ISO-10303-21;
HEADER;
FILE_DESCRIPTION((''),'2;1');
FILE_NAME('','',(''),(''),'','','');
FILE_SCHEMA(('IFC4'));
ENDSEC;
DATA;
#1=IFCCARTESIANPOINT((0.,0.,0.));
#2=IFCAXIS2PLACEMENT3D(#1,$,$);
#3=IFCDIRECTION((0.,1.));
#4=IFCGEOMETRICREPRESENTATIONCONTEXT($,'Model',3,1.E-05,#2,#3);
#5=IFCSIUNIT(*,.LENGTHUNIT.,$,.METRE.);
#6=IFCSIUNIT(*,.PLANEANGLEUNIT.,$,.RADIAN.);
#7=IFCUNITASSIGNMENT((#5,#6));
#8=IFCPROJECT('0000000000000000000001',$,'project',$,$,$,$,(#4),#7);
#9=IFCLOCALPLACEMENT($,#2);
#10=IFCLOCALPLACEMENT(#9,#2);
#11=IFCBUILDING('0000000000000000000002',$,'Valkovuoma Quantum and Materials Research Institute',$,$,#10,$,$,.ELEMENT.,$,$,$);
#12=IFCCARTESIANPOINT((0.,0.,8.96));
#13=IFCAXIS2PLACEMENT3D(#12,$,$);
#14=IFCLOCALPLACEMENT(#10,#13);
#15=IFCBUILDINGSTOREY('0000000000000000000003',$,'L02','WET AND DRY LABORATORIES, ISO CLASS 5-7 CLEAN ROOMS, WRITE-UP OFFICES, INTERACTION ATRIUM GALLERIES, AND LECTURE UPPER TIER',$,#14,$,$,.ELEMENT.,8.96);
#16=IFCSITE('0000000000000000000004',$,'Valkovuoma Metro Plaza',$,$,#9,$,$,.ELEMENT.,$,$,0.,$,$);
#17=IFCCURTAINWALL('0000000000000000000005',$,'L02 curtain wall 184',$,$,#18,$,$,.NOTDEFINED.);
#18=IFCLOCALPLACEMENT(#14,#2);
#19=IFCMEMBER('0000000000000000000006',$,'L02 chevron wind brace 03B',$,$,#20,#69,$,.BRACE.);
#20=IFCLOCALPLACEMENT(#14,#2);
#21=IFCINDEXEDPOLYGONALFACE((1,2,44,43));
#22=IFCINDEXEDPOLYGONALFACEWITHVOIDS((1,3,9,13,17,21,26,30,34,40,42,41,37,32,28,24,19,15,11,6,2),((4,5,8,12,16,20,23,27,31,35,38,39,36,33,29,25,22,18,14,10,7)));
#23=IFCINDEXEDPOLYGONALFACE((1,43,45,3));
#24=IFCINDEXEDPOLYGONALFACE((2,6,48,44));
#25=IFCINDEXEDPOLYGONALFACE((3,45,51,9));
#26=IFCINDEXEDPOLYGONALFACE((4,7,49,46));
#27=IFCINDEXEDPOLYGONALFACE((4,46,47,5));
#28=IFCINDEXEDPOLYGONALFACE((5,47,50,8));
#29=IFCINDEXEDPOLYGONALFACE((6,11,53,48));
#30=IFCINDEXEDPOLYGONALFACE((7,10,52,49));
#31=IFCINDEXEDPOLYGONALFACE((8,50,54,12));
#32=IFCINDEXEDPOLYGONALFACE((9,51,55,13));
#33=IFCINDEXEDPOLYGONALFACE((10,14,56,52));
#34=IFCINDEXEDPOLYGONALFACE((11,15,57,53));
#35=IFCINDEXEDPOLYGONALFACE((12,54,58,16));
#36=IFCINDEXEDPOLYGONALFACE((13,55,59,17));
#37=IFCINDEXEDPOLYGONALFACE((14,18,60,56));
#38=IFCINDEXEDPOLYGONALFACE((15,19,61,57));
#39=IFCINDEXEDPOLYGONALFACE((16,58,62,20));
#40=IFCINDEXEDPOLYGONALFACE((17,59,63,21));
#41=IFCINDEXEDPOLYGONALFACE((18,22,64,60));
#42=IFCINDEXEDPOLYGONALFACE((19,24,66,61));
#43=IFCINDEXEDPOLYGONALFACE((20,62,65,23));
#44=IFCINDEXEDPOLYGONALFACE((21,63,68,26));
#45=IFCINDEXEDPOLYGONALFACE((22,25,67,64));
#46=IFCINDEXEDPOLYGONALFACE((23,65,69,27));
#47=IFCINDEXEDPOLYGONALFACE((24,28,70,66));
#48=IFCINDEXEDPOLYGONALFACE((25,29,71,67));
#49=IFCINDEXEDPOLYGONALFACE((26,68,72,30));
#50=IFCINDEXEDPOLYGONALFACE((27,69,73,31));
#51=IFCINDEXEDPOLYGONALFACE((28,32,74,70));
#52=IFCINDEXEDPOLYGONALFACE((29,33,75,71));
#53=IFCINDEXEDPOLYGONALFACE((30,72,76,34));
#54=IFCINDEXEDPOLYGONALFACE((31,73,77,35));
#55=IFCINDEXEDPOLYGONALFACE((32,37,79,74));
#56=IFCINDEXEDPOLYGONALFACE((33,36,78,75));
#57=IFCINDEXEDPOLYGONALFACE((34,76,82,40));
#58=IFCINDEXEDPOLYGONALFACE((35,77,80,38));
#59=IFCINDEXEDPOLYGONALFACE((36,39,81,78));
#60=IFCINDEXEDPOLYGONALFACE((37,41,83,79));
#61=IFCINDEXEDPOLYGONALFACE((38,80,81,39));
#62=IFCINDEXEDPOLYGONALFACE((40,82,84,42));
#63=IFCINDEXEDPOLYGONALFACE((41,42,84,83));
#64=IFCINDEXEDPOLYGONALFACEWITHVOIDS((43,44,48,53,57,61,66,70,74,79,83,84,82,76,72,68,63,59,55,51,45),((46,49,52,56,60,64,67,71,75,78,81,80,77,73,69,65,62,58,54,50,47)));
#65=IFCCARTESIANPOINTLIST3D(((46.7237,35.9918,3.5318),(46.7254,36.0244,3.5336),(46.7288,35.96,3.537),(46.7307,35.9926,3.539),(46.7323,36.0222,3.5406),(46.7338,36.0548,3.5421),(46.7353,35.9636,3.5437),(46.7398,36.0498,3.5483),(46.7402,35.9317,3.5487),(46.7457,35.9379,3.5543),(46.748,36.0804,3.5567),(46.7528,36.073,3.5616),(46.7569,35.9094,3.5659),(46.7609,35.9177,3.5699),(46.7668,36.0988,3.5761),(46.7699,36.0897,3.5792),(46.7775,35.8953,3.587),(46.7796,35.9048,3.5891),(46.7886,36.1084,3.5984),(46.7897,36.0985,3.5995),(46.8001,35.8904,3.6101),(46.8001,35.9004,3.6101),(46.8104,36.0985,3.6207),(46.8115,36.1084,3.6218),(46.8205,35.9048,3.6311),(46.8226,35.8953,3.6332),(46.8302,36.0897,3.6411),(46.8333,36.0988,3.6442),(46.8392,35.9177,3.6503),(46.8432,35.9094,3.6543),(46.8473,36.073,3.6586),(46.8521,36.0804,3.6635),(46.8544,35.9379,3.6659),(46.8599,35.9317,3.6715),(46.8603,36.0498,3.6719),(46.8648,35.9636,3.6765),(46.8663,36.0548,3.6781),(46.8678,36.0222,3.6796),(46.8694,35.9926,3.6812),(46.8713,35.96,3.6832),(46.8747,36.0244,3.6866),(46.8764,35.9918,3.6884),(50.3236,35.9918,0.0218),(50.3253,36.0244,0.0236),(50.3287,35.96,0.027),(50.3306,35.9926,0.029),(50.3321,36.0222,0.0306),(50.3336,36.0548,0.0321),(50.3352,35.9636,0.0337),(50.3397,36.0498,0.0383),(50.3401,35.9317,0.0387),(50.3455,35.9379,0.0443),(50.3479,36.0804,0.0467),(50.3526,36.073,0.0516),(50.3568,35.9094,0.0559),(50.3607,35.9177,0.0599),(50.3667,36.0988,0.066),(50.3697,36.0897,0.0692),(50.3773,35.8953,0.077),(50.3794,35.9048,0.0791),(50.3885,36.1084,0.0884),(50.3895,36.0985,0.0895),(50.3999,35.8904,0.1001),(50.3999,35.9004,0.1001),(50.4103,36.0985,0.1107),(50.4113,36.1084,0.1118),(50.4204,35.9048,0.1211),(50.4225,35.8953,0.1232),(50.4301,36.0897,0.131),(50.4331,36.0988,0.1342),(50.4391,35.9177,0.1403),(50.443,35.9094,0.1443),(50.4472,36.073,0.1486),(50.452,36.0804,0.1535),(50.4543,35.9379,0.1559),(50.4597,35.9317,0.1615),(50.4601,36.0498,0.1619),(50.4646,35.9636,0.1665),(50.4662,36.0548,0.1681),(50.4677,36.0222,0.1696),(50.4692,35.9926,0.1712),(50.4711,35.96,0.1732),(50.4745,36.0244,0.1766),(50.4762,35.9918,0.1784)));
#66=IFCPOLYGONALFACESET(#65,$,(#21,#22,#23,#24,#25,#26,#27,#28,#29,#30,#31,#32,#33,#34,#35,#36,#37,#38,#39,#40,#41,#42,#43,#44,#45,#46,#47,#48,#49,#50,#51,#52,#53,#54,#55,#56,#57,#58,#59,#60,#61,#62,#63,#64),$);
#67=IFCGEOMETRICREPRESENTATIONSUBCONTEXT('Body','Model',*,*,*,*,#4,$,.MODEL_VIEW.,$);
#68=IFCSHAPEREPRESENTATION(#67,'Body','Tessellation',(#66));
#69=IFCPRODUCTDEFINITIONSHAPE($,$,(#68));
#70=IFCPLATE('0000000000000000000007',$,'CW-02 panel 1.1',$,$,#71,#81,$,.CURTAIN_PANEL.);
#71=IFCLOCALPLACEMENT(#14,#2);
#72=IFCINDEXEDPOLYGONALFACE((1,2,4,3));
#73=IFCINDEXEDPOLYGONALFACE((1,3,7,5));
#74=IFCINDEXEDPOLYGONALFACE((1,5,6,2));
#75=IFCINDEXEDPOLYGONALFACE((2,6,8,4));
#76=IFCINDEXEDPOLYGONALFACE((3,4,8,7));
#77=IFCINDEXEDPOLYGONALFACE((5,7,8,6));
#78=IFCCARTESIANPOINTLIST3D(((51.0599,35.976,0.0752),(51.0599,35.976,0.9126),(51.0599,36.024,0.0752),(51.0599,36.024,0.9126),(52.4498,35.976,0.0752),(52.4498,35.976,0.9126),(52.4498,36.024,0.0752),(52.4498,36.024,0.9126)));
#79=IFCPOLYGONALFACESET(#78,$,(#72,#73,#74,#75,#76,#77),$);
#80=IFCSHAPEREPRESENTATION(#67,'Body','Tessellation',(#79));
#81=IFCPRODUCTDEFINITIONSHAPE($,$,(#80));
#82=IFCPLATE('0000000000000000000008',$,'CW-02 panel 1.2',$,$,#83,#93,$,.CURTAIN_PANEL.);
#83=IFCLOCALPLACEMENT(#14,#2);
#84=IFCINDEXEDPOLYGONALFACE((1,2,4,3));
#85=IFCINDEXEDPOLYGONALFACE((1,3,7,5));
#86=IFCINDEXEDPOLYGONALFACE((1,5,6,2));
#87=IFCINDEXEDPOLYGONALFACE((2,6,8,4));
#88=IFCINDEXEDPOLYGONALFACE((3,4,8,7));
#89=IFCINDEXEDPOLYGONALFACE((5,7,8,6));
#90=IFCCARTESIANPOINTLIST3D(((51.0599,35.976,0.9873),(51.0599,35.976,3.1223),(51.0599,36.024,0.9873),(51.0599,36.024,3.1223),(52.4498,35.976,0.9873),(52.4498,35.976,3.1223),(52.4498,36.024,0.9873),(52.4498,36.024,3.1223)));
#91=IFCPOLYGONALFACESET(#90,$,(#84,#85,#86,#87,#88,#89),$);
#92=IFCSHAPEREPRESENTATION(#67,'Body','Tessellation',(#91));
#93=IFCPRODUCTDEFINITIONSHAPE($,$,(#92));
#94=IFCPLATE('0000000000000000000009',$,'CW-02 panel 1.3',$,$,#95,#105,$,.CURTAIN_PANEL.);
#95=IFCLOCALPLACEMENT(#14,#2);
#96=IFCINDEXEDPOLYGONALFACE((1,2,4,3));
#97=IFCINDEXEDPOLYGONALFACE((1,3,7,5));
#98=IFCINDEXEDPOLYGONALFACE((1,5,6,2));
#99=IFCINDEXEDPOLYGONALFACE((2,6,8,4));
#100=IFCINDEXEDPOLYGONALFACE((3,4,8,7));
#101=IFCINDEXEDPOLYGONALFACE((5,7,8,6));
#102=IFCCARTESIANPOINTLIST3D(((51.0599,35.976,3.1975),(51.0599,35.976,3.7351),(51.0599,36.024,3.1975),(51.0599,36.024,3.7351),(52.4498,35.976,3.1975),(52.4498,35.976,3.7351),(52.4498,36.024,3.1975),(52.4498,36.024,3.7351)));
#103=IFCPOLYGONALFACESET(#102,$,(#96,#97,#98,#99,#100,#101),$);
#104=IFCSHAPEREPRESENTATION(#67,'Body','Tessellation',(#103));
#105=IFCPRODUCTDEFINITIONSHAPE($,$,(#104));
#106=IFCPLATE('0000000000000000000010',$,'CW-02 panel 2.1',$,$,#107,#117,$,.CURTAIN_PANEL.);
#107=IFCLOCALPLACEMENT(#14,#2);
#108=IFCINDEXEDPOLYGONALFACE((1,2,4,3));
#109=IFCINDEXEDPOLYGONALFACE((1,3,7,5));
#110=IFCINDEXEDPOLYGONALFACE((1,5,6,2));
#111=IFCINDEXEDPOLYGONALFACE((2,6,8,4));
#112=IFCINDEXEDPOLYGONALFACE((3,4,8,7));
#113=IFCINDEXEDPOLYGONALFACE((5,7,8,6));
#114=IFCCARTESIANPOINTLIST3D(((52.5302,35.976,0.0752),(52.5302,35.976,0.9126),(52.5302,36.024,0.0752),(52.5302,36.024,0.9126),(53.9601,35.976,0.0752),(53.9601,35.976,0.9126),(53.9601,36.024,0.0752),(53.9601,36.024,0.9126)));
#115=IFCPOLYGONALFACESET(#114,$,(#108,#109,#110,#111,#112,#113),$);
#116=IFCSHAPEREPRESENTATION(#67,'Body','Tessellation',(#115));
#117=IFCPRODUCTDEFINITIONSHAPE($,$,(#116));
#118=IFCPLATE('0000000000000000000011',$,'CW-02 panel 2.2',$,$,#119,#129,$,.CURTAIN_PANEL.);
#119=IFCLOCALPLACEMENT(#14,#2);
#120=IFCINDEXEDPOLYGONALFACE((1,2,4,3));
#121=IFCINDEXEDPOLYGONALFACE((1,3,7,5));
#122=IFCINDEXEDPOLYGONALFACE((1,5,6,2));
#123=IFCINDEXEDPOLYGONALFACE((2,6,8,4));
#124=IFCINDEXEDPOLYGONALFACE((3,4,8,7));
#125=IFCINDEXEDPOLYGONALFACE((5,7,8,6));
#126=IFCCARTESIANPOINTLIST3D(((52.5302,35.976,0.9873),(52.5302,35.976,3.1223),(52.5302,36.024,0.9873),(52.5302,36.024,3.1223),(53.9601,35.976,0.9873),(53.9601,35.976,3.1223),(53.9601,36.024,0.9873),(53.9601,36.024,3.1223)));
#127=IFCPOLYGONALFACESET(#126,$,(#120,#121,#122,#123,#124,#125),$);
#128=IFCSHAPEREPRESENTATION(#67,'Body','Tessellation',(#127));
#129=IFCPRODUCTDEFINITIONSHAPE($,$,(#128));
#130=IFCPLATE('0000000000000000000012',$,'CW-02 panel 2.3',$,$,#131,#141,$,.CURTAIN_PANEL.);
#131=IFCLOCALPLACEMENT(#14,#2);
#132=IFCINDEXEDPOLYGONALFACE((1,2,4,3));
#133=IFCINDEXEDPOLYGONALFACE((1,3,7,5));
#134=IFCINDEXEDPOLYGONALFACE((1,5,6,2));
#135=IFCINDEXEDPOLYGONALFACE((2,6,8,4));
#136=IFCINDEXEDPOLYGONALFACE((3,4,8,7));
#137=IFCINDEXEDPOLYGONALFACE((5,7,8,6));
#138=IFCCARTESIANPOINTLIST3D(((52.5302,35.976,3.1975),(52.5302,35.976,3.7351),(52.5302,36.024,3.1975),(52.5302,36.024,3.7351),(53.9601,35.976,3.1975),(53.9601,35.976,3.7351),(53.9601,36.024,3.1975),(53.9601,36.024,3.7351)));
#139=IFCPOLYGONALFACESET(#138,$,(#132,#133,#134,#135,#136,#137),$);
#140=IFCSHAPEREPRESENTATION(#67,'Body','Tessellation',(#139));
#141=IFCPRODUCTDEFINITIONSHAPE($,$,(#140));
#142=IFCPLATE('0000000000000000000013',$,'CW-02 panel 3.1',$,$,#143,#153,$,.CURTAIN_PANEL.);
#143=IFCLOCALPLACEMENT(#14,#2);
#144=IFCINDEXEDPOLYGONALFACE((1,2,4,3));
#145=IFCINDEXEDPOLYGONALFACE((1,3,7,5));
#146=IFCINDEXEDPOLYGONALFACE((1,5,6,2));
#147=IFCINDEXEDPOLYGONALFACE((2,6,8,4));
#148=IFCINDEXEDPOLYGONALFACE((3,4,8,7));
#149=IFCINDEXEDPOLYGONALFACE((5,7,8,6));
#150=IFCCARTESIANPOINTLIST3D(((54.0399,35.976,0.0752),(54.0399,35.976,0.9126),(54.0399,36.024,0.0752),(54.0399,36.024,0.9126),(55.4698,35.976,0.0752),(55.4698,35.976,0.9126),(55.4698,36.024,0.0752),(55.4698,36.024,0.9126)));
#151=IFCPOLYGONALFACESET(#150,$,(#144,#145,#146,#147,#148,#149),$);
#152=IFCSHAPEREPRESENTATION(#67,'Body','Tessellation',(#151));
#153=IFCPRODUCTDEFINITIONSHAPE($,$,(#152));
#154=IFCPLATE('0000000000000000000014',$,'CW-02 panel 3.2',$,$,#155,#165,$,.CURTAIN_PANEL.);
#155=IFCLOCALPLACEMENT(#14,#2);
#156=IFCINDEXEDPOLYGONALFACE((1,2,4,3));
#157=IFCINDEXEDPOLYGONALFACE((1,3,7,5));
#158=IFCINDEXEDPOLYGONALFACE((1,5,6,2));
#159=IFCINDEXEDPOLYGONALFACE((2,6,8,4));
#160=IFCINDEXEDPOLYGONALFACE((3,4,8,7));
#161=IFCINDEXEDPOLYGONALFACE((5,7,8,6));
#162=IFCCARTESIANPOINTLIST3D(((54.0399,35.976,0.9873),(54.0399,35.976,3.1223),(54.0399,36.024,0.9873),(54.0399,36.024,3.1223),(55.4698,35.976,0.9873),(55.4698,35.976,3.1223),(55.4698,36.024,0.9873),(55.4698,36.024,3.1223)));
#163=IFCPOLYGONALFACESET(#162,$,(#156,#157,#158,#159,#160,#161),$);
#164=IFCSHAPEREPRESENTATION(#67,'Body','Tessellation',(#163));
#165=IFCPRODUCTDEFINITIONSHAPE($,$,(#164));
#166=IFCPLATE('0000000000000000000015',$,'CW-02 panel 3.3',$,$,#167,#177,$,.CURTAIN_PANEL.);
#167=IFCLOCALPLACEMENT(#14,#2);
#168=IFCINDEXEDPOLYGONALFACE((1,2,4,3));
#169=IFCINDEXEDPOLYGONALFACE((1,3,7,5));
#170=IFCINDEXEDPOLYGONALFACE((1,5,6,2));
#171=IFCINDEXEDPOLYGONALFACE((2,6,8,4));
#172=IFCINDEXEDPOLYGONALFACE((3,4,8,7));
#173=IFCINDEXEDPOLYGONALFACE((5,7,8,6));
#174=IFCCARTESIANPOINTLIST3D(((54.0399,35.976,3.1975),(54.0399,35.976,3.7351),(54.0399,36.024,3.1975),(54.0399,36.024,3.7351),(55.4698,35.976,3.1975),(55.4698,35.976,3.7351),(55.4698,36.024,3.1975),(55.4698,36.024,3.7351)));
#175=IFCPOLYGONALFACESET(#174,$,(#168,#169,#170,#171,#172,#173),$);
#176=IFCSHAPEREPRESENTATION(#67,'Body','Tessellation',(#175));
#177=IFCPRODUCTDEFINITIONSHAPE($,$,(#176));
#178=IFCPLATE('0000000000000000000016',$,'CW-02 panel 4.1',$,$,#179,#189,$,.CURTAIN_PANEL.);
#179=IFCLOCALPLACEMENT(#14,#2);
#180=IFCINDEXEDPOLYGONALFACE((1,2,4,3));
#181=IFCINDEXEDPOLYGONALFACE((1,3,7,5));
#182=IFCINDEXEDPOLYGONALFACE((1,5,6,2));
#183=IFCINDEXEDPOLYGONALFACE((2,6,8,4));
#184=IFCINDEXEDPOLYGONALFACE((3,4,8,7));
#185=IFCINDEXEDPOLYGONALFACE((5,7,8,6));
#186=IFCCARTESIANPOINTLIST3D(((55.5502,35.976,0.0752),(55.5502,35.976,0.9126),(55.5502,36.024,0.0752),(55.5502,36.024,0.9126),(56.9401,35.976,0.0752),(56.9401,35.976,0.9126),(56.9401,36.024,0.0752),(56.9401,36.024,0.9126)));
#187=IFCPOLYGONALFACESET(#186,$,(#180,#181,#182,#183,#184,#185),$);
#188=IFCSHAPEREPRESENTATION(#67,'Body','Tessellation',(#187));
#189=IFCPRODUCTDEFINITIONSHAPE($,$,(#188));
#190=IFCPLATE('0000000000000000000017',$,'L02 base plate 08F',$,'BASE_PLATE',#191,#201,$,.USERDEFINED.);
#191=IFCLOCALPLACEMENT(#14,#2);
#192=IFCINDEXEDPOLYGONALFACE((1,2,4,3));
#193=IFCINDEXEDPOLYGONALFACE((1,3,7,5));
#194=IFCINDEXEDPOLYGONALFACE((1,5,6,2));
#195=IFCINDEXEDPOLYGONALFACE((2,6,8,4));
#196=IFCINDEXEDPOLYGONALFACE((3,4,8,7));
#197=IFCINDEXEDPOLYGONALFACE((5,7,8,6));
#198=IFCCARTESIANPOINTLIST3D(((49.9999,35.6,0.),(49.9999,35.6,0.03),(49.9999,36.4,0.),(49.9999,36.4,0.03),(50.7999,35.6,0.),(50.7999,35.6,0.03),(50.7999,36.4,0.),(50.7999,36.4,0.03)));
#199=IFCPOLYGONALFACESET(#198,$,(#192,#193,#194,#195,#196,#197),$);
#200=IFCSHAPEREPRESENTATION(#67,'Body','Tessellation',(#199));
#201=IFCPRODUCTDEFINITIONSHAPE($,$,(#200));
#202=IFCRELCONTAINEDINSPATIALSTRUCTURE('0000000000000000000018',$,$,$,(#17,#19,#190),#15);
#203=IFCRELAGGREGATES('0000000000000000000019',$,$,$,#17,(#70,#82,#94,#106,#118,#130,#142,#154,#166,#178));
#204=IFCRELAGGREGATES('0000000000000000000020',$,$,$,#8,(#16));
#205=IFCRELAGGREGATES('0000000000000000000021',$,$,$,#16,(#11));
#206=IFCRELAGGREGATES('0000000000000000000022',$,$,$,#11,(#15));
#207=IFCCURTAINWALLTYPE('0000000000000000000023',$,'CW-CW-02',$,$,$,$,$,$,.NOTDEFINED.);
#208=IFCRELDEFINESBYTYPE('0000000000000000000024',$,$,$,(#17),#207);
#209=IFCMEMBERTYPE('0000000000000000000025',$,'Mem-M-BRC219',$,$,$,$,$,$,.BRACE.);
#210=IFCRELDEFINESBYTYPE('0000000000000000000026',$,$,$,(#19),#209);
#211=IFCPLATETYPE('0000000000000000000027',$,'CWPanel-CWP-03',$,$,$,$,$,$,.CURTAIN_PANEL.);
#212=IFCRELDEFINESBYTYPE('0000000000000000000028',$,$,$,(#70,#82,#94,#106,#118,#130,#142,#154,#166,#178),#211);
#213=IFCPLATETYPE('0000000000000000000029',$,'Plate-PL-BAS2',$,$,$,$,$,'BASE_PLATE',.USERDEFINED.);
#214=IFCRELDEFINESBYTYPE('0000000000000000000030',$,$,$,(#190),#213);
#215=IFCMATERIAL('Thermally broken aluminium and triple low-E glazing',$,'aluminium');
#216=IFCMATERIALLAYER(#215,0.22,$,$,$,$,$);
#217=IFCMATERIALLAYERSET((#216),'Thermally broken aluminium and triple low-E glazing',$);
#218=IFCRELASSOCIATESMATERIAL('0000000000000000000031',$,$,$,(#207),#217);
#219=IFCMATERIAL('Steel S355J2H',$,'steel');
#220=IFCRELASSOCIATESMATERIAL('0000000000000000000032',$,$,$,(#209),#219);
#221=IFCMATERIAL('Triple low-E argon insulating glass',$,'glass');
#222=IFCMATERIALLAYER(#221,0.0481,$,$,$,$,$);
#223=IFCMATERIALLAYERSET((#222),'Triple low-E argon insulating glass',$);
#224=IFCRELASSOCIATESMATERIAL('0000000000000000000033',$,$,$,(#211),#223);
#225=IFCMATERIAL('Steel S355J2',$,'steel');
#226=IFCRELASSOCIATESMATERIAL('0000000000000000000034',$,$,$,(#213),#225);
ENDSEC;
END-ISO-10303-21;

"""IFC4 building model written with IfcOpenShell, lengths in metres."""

from ifc_helpers import new_model, si_unit, direction, frame, origin, origin_2d, place, context, subcontext, project, spatial, rectangle, hollow_circle, extrude, material, layer, layer_set, material_profile, profile_set, type_object, element, aggregate, save


model = new_model("IFC4")

# Units and contexts
model_context = context("Model", 3, precision=1e-05, world=origin(), true_north=direction((0.0, 1.0)))
body_context = subcontext(model_context, "Body", "Model", "MODEL_VIEW")
ifc_project = project(units=[si_unit("LENGTHUNIT", "METRE"), si_unit("PLANEANGLEUNIT", "RADIAN")], contexts=[model_context])

# Site, building, storey
site_placement = place(None, origin())
site = spatial("IfcSite", under=ifc_project, at=site_placement, Name="Valkovuoma Metro Plaza", CompositionType="ELEMENT", RefElevation=0.0)
building_placement = place(site_placement, origin())
building = spatial("IfcBuilding", under=site, at=building_placement, Name="Valkovuoma Quantum and Materials Research Institute", CompositionType="ELEMENT")
storey_placement = place(building_placement, frame((0.0, 0.0, 8.96)))
storey = spatial("IfcBuildingStorey", under=building, at=storey_placement, Name="L02", Description="WET AND DRY LABORATORIES, ISO CLASS 5-7 CLEAN ROOMS, WRITE-UP OFFICES, INTERACTION ATRIUM GALLERIES, AND LECTURE UPPER TIER", CompositionType="ELEMENT", Elevation=8.96)

# Curtain wall
ifc_material_1 = material(Name="Thermally broken aluminium and triple low-E glazing", Category="aluminium")
ifc_layer_1 = layer(ifc_material_1, 0.22)
ifc_layer_set_1 = layer_set([ifc_layer_1], Name="Thermally broken aluminium and triple low-E glazing")
curtain_wall_type = type_object("IfcCurtainWallType", Name="CW-CW-02", PredefinedType="NOTDEFINED", material=ifc_layer_set_1)
curtain_wall_placement = place(storey_placement, origin())
curtain_wall = element("IfcCurtainWall", 1, at=curtain_wall_placement, inside=storey, type_object=curtain_wall_type, Name="L02 curtain wall 184", PredefinedType="NOTDEFINED")

# Member
ifc_material_2 = material(Name="Steel S355J2H", Category="steel")
ifc_material_profile_1 = material_profile(ifc_material_2, hollow_circle(Radius=0.1096, WallThickness=0.01, at=origin_2d()), Name="Steel S355J2H")
ifc_profile_set_1 = profile_set([ifc_material_profile_1], Name="Steel S355J2H")
member_type_1 = type_object("IfcMemberType", Name="Mem-M-BRC219", PredefinedType="BRACE", material=ifc_profile_set_1)
member_1_placement = place(storey_placement, frame((50.3999, 36.0, 0.1001), z_axis=(-0.715985, 0.0, 0.698116), x_axis=(0.0, -1.0, 0.0)))
element("IfcMember", 2, at=member_1_placement, inside=storey, type_object=member_type_1, Name="L02 chevron wind brace 03B", PredefinedType="BRACE", context=body_context, shape_type="SweptSolid", body=[
    extrude(hollow_circle(Radius=0.1096, WallThickness=0.01, at=origin_2d()), origin(), (0.0, 0.0, 1.0), 5.0278),
])

# Plates
ifc_material_3 = material(Name="Triple low-E argon insulating glass", Category="glass")
ifc_layer_2 = layer(ifc_material_3, 0.0481)
ifc_layer_set_2 = layer_set([ifc_layer_2], Name="Triple low-E argon insulating glass")
plate_type_1 = type_object("IfcPlateType", Name="CWPanel-CWP-03", PredefinedType="CURTAIN_PANEL", material=ifc_layer_set_2)
plate_1_placement = place(storey_placement, frame((51.7549, 36.0, 0.0752), z_axis=(0.0, 0.0, 1.0), x_axis=(1.0, 0.0, 0.0)))
plate_1 = element("IfcPlate", 3, at=plate_1_placement, type_object=plate_type_1, Name="CW-02 panel 1.1", PredefinedType="CURTAIN_PANEL", context=body_context, shape_type="SweptSolid", body=[
    extrude(rectangle(XDim=1.3899, YDim=0.0481, at=origin_2d()), origin(), (0.0, 0.0, 1.0), 0.8374),
])
plate_2_placement = place(storey_placement, frame((51.7549, 36.0, 0.9873), z_axis=(0.0, 0.0, 1.0), x_axis=(1.0, 0.0, 0.0)))
plate_2 = element("IfcPlate", 4, at=plate_2_placement, type_object=plate_type_1, Name="CW-02 panel 1.2", PredefinedType="CURTAIN_PANEL", context=body_context, shape_type="SweptSolid", body=[
    extrude(rectangle(XDim=1.3899, YDim=0.0481, at=origin_2d()), origin(), (0.0, 0.0, 1.0), 2.135),
])
plate_3_placement = place(storey_placement, frame((51.7549, 36.0, 3.1975), z_axis=(0.0, 0.0, 1.0), x_axis=(1.0, 0.0, 0.0)))
plate_3 = element("IfcPlate", 5, at=plate_3_placement, type_object=plate_type_1, Name="CW-02 panel 1.3", PredefinedType="CURTAIN_PANEL", context=body_context, shape_type="SweptSolid", body=[
    extrude(rectangle(XDim=1.3899, YDim=0.0481, at=origin_2d()), origin(), (0.0, 0.0, 1.0), 0.5376),
])
plate_4_placement = place(storey_placement, frame((53.2451, 36.0, 0.0752), z_axis=(0.0, 0.0, 1.0), x_axis=(1.0, 0.0, 0.0)))
plate_4 = element("IfcPlate", 6, at=plate_4_placement, type_object=plate_type_1, Name="CW-02 panel 2.1", PredefinedType="CURTAIN_PANEL", context=body_context, shape_type="SweptSolid", body=[
    extrude(rectangle(XDim=1.4299, YDim=0.0481, at=origin_2d()), origin(), (0.0, 0.0, 1.0), 0.8374),
])
plate_5_placement = place(storey_placement, frame((53.2451, 36.0, 0.9873), z_axis=(0.0, 0.0, 1.0), x_axis=(1.0, 0.0, 0.0)))
plate_5 = element("IfcPlate", 7, at=plate_5_placement, type_object=plate_type_1, Name="CW-02 panel 2.2", PredefinedType="CURTAIN_PANEL", context=body_context, shape_type="SweptSolid", body=[
    extrude(rectangle(XDim=1.4299, YDim=0.0481, at=origin_2d()), origin(), (0.0, 0.0, 1.0), 2.135),
])
plate_6_placement = place(storey_placement, frame((53.2451, 36.0, 3.1975), z_axis=(0.0, 0.0, 1.0), x_axis=(1.0, 0.0, 0.0)))
plate_6 = element("IfcPlate", 8, at=plate_6_placement, type_object=plate_type_1, Name="CW-02 panel 2.3", PredefinedType="CURTAIN_PANEL", context=body_context, shape_type="SweptSolid", body=[
    extrude(rectangle(XDim=1.4299, YDim=0.0481, at=origin_2d()), origin(), (0.0, 0.0, 1.0), 0.5376),
])
plate_7_placement = place(storey_placement, frame((54.7549, 36.0, 0.0752), z_axis=(0.0, 0.0, 1.0), x_axis=(1.0, 0.0, 0.0)))
plate_7 = element("IfcPlate", 9, at=plate_7_placement, type_object=plate_type_1, Name="CW-02 panel 3.1", PredefinedType="CURTAIN_PANEL", context=body_context, shape_type="SweptSolid", body=[
    extrude(rectangle(XDim=1.4299, YDim=0.0481, at=origin_2d()), origin(), (0.0, 0.0, 1.0), 0.8374),
])
plate_8_placement = place(storey_placement, frame((54.7549, 36.0, 0.9873), z_axis=(0.0, 0.0, 1.0), x_axis=(1.0, 0.0, 0.0)))
plate_8 = element("IfcPlate", 10, at=plate_8_placement, type_object=plate_type_1, Name="CW-02 panel 3.2", PredefinedType="CURTAIN_PANEL", context=body_context, shape_type="SweptSolid", body=[
    extrude(rectangle(XDim=1.4299, YDim=0.0481, at=origin_2d()), origin(), (0.0, 0.0, 1.0), 2.135),
])
plate_9_placement = place(storey_placement, frame((54.7549, 36.0, 3.1975), z_axis=(0.0, 0.0, 1.0), x_axis=(1.0, 0.0, 0.0)))
plate_9 = element("IfcPlate", 11, at=plate_9_placement, type_object=plate_type_1, Name="CW-02 panel 3.3", PredefinedType="CURTAIN_PANEL", context=body_context, shape_type="SweptSolid", body=[
    extrude(rectangle(XDim=1.4299, YDim=0.0481, at=origin_2d()), origin(), (0.0, 0.0, 1.0), 0.5376),
])
plate_10_placement = place(storey_placement, frame((56.2451, 36.0, 0.0752), z_axis=(0.0, 0.0, 1.0), x_axis=(1.0, 0.0, 0.0)))
plate_10 = element("IfcPlate", 12, at=plate_10_placement, type_object=plate_type_1, Name="CW-02 panel 4.1", PredefinedType="CURTAIN_PANEL", context=body_context, shape_type="SweptSolid", body=[
    extrude(rectangle(XDim=1.3899, YDim=0.0481, at=origin_2d()), origin(), (0.0, 0.0, 1.0), 0.8374),
])
aggregate(curtain_wall, [plate_1, plate_2, plate_3, plate_4, plate_5, plate_6, plate_7, plate_8, plate_9, plate_10])
ifc_material_4 = material(Name="Steel S355J2", Category="steel")
plate_type_2 = type_object("IfcPlateType", Name="Plate-PL-BAS2", ElementType="BASE_PLATE", PredefinedType="USERDEFINED", material=ifc_material_4)
plate_11_placement = place(storey_placement, frame((50.3999, 36.0, 0.0), z_axis=(0.0, 0.0, 1.0), x_axis=(1.0, 0.0, 0.0)))
element("IfcPlate", 13, at=plate_11_placement, inside=storey, type_object=plate_type_2, Name="L02 base plate 08F", ObjectType="BASE_PLATE", PredefinedType="USERDEFINED", context=body_context, shape_type="SweptSolid", body=[
    extrude(rectangle(XDim=0.8, YDim=0.8, at=origin_2d()), origin(), (0.0, 0.0, 1.0), 0.03),
])

save(model, "model.ifc")
